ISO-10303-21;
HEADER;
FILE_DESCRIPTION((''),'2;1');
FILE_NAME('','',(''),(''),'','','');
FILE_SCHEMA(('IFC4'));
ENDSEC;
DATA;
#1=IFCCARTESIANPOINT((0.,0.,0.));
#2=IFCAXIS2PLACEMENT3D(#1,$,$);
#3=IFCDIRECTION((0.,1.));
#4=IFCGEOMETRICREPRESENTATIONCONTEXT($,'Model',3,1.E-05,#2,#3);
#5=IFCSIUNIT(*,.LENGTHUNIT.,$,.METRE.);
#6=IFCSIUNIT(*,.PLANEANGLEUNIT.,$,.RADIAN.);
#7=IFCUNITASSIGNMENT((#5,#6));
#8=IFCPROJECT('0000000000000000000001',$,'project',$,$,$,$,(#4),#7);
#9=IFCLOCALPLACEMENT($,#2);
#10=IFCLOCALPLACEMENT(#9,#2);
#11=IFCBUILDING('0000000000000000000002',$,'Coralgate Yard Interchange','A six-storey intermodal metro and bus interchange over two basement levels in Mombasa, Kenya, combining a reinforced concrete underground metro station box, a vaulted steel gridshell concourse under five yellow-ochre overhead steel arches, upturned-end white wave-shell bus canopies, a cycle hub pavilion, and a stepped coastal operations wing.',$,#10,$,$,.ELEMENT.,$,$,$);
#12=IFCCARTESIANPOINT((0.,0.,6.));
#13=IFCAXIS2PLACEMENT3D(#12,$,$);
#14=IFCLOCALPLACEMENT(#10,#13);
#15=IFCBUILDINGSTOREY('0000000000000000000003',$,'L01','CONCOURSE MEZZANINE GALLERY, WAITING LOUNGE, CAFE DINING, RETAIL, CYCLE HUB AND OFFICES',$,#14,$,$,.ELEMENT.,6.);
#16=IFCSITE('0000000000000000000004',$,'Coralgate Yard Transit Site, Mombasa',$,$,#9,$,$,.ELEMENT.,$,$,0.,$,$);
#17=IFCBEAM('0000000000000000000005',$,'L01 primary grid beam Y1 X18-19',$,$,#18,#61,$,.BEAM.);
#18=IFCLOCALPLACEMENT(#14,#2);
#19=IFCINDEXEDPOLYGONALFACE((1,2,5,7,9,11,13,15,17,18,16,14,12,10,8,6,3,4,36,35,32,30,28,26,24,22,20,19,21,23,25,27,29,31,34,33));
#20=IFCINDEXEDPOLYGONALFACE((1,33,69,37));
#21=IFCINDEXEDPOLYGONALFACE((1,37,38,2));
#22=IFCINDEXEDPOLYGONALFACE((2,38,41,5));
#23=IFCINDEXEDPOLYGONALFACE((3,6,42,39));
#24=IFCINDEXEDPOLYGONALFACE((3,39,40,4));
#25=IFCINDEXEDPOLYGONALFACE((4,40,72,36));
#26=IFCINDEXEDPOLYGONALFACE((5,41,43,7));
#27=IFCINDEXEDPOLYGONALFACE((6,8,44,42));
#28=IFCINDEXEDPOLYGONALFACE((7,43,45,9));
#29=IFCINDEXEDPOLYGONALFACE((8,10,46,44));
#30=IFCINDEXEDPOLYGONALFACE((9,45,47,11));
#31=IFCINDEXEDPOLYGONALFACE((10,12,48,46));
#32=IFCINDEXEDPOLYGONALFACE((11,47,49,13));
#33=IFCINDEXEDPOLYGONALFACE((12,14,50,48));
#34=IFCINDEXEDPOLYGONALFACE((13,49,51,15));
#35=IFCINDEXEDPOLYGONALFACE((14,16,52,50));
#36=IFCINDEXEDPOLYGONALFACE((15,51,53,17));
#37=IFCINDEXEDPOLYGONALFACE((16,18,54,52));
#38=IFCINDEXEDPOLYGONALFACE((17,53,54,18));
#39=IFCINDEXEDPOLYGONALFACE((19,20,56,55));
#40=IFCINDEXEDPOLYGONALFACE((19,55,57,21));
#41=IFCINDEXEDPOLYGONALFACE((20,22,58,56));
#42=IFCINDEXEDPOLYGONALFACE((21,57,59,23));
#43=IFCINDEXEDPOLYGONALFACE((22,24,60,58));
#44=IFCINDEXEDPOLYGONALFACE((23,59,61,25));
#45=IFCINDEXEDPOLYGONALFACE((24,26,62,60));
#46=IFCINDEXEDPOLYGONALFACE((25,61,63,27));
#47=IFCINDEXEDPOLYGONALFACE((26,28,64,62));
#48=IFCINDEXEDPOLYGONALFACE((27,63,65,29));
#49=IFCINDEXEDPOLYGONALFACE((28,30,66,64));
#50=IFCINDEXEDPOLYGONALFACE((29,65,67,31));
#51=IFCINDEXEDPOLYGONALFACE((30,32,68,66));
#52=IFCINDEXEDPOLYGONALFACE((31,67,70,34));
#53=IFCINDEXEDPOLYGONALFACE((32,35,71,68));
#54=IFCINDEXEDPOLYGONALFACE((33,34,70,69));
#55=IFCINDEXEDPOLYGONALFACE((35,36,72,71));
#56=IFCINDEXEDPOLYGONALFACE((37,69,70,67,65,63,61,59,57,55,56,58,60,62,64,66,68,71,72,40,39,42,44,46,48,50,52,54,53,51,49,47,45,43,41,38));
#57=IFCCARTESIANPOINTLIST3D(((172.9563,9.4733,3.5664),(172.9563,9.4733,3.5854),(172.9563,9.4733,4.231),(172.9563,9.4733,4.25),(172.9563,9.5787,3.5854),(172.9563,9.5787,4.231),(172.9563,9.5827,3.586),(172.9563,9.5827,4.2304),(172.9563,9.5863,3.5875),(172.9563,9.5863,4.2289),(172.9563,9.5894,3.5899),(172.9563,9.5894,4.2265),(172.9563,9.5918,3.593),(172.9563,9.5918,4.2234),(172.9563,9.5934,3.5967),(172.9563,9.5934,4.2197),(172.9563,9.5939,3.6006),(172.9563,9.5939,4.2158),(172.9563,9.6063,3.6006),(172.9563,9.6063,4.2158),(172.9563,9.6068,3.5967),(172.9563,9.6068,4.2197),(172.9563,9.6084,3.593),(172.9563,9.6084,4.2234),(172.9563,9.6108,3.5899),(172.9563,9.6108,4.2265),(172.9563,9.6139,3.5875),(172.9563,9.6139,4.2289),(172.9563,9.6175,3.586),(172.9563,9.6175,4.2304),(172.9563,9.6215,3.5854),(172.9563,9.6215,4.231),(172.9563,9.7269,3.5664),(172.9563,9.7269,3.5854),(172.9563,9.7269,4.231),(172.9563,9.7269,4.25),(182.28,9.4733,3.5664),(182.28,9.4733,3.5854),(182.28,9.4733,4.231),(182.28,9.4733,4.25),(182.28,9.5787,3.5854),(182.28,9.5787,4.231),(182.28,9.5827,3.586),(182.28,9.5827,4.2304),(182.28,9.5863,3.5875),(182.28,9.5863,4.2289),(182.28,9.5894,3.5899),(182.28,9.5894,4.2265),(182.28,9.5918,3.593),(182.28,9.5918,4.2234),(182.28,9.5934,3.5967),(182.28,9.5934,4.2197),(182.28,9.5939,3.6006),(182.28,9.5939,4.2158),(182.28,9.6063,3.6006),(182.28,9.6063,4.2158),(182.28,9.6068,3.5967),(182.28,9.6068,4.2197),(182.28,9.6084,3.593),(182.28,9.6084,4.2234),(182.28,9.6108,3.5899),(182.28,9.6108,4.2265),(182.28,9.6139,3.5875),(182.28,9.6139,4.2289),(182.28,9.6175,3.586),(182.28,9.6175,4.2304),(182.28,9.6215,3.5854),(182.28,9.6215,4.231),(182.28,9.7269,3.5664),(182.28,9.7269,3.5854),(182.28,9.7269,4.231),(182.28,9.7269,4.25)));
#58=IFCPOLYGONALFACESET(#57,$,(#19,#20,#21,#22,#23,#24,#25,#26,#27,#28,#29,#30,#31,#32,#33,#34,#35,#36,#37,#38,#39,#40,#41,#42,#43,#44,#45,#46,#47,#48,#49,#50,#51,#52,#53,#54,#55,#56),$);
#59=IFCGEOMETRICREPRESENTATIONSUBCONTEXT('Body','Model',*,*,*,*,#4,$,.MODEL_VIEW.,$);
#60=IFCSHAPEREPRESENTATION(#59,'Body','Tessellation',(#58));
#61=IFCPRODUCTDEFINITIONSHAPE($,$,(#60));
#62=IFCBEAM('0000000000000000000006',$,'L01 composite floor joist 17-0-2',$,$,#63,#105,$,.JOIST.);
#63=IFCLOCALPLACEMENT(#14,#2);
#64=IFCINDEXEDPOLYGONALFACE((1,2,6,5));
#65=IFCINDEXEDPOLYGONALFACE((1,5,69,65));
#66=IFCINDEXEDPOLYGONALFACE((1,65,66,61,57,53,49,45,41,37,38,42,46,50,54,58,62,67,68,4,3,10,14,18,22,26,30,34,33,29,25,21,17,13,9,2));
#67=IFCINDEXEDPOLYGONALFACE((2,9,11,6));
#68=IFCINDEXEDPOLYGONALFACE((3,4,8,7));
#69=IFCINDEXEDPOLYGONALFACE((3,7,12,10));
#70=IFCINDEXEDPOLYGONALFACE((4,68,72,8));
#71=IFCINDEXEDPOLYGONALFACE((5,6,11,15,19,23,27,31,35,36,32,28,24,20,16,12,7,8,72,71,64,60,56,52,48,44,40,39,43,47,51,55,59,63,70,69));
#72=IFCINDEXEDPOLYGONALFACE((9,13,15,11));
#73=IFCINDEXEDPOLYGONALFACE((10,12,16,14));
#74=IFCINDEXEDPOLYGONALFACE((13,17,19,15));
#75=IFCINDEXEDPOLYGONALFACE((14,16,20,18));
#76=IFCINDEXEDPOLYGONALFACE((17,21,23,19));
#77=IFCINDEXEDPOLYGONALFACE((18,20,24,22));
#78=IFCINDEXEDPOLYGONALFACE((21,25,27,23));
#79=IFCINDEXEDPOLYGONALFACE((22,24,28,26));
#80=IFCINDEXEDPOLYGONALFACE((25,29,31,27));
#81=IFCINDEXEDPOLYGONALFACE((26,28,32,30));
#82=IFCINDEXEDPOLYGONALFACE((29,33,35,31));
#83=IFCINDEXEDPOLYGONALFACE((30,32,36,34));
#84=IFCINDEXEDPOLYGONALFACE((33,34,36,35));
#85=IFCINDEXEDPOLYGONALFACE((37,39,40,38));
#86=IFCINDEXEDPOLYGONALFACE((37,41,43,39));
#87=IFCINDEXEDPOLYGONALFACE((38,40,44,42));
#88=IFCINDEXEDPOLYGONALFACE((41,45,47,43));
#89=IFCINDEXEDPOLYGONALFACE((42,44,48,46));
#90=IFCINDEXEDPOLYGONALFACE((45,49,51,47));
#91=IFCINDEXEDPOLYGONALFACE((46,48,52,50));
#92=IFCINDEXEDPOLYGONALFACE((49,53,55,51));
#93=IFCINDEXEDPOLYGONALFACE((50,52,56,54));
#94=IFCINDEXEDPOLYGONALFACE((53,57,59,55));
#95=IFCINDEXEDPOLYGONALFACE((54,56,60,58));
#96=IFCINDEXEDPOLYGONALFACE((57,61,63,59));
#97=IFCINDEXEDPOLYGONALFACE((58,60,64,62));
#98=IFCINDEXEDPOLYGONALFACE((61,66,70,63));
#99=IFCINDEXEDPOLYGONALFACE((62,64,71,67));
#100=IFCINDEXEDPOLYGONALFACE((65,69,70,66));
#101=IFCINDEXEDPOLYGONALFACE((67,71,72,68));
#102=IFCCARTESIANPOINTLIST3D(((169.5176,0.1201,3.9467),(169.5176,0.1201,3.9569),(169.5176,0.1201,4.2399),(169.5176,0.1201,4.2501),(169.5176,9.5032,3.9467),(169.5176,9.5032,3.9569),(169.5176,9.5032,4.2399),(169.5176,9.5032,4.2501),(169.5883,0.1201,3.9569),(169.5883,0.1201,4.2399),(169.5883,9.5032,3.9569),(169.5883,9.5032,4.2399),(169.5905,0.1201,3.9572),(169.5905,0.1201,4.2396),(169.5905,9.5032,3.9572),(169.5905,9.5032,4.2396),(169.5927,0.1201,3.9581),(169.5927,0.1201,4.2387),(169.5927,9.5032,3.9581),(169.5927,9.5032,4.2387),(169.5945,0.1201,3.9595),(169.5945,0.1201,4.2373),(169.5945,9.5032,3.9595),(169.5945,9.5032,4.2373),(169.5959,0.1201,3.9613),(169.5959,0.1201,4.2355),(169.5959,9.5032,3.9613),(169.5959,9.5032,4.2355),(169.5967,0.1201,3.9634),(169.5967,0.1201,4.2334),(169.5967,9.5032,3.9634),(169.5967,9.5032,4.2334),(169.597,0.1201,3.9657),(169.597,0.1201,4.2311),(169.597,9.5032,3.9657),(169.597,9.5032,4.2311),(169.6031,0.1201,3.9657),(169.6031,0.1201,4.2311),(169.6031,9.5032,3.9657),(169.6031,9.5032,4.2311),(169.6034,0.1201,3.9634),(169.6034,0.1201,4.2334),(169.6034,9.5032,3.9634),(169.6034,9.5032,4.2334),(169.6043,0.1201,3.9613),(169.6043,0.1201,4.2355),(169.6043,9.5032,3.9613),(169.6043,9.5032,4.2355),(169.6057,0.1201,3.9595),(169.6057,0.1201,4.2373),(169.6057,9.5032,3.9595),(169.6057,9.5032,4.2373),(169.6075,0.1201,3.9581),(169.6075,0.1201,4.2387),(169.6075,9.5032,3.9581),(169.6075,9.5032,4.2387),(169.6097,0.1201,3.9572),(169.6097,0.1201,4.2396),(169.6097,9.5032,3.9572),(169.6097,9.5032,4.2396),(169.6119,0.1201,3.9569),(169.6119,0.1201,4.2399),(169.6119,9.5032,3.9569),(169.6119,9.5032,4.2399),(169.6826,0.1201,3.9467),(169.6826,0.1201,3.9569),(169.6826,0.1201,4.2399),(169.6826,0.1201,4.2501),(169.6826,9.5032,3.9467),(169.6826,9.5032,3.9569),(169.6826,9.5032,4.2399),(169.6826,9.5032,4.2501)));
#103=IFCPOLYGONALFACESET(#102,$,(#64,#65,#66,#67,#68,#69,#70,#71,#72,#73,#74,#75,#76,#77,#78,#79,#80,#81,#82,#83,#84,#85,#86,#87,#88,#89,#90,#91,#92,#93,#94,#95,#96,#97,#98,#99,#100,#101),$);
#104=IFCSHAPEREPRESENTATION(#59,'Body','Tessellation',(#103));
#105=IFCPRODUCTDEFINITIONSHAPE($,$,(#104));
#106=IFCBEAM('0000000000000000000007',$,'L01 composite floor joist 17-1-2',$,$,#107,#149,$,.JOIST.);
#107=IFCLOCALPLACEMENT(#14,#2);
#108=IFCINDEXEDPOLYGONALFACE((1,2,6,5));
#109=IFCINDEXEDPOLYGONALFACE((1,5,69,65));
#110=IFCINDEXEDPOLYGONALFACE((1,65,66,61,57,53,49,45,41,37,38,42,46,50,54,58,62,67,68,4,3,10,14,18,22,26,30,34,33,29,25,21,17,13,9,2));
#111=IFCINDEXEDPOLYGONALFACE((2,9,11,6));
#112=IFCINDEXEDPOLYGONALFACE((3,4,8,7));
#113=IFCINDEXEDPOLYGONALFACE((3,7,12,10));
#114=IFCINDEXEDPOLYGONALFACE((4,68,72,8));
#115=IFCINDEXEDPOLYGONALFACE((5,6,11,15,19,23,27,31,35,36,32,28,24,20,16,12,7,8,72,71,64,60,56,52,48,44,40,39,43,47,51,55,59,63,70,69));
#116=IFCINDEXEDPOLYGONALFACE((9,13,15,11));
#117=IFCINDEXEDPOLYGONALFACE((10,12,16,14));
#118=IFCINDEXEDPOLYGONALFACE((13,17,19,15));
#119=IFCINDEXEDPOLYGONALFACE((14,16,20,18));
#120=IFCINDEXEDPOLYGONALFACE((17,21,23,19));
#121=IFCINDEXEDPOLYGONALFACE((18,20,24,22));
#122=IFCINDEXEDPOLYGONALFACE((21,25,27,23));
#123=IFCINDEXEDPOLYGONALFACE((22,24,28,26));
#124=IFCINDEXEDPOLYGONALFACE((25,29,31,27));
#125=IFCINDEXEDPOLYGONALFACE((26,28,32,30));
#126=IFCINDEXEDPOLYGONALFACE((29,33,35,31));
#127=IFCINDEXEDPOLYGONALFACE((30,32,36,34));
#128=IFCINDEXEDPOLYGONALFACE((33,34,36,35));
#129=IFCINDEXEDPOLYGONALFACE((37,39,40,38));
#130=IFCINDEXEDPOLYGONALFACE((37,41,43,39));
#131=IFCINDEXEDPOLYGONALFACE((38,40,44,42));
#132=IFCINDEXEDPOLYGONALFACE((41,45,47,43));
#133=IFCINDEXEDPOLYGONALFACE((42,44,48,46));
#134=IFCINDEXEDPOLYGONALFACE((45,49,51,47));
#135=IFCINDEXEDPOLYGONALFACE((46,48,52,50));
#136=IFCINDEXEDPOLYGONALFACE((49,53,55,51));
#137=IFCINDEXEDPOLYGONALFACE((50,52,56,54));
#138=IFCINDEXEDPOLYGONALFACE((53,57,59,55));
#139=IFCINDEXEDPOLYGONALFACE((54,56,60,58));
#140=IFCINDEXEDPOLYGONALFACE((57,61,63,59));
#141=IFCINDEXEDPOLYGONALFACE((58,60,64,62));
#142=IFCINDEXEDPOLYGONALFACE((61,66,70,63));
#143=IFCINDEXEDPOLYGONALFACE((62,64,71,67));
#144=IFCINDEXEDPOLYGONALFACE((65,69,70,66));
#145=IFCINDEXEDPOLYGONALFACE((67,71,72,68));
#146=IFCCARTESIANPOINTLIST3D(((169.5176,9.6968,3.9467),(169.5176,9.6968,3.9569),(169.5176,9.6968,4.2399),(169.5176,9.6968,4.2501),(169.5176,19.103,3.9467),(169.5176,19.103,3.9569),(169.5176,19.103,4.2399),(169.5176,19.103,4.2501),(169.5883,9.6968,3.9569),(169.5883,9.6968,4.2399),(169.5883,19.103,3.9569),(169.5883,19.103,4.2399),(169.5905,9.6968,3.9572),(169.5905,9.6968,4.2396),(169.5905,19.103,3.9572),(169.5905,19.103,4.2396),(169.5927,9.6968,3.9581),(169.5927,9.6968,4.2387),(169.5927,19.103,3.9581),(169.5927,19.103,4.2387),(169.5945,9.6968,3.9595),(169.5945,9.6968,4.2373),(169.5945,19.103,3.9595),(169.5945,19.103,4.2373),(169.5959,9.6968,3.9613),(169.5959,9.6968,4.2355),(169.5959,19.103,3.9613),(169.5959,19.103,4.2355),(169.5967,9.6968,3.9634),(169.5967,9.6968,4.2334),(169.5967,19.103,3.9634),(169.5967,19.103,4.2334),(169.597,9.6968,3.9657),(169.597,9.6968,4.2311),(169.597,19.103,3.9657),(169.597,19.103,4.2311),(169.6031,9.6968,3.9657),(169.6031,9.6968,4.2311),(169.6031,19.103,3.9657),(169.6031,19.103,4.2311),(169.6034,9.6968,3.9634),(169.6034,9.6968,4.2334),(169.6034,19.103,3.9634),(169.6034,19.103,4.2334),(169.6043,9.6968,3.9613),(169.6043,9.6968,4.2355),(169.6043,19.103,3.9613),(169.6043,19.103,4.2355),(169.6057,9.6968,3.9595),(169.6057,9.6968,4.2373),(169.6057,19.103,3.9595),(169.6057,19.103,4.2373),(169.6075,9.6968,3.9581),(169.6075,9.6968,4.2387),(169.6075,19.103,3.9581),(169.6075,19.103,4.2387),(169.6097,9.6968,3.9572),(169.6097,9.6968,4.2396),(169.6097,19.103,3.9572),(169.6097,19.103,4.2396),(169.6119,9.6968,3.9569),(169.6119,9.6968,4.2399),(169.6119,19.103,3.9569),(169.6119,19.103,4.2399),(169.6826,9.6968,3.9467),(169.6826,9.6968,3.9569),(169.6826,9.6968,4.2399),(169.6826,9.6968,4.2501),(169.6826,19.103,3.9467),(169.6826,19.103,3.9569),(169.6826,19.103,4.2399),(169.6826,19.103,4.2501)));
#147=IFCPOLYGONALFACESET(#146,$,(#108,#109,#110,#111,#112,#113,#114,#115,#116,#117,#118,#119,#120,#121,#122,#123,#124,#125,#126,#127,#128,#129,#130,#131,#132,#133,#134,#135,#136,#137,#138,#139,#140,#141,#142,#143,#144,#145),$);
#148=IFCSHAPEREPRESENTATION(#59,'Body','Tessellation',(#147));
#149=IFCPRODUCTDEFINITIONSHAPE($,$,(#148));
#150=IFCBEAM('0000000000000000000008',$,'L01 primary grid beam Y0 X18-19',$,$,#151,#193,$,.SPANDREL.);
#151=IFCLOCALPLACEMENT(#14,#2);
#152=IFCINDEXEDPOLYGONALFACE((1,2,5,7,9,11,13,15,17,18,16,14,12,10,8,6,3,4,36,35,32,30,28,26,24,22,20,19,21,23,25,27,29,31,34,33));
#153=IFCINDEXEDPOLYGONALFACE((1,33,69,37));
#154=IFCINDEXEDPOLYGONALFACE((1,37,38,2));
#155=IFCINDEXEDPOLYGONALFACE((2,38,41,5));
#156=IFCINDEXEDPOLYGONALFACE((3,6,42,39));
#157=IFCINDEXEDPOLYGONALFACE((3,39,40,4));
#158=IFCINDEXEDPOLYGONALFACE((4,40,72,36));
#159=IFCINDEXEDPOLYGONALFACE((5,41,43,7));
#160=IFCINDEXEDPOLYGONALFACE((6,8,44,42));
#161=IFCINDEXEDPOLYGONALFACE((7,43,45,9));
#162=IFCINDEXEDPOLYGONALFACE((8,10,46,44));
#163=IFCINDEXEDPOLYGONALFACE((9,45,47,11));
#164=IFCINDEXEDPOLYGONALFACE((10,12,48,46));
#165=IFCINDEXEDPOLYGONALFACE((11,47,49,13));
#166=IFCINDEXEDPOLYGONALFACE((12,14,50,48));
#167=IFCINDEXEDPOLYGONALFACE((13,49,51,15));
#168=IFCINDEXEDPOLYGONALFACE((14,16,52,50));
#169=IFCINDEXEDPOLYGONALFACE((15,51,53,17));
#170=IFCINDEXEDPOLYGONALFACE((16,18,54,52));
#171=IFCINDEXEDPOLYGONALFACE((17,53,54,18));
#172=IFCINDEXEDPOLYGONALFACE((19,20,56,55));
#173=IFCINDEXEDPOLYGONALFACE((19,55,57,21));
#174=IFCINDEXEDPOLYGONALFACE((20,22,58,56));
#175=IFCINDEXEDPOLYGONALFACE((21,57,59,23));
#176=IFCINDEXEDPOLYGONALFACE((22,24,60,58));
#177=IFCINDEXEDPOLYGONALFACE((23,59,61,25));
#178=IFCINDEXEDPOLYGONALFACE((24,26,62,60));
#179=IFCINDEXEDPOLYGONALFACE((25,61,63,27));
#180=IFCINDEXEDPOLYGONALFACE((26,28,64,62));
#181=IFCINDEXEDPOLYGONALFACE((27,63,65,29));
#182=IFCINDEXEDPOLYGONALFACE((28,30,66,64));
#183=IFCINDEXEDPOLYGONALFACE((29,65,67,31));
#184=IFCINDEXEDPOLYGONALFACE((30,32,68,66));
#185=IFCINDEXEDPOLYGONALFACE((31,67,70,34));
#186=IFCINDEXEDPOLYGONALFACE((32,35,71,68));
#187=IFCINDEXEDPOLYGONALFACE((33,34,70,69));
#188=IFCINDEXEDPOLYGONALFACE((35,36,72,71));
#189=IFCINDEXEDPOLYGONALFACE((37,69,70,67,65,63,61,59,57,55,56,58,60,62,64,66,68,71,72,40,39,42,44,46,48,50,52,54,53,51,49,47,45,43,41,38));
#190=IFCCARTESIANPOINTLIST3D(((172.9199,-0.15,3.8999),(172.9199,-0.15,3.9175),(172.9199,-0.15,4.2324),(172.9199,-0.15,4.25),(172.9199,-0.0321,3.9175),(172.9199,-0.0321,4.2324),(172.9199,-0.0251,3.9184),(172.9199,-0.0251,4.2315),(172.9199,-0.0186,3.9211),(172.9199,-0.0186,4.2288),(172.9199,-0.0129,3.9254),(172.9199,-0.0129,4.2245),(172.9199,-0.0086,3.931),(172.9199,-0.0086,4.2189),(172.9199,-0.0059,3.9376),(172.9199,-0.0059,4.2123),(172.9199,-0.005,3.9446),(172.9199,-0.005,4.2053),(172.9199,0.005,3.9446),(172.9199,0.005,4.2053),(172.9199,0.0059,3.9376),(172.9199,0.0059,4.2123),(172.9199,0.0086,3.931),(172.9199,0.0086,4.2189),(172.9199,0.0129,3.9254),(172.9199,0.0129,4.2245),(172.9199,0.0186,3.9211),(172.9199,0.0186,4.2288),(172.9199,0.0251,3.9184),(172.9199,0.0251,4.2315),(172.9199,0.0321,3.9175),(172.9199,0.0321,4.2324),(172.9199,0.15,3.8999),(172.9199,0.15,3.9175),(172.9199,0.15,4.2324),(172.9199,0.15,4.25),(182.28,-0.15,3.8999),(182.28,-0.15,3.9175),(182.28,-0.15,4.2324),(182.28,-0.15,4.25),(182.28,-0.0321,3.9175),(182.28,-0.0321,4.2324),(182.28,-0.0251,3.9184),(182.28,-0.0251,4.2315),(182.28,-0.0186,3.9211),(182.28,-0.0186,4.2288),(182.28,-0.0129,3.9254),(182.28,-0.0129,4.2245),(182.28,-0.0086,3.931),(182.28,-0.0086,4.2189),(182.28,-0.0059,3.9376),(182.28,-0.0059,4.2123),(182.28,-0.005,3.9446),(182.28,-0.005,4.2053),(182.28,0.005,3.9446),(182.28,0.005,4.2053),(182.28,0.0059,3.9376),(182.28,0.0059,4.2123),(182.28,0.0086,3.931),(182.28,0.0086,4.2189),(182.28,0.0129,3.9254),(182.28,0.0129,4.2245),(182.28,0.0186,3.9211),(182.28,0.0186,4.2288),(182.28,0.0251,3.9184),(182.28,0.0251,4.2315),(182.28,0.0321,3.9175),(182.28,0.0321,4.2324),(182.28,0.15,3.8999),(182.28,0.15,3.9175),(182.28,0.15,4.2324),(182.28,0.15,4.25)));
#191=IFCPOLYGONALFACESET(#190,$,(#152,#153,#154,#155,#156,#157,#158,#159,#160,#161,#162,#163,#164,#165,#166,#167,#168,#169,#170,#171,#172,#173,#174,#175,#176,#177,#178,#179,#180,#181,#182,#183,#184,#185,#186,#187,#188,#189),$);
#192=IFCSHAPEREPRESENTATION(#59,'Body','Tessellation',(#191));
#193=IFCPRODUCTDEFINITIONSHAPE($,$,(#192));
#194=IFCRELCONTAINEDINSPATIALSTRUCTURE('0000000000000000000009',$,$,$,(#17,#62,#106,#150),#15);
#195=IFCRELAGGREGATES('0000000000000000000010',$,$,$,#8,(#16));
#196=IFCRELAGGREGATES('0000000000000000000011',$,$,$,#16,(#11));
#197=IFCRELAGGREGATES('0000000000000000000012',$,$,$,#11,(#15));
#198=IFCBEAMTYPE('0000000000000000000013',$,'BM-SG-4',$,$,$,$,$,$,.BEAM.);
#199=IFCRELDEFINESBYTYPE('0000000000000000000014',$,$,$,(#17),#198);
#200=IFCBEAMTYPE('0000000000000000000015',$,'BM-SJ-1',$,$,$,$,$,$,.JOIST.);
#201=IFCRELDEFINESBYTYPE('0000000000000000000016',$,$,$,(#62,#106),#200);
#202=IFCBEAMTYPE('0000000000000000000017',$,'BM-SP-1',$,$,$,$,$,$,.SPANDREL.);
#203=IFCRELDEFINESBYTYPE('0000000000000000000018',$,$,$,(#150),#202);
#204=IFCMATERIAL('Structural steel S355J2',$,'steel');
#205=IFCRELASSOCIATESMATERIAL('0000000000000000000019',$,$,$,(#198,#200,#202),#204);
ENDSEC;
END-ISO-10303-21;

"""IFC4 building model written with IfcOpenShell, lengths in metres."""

from ifc_helpers import new_model, si_unit, direction, frame, origin, origin_2d, place, context, subcontext, project, spatial, i_section, extrude, material, material_profile, profile_set, type_object, element, save


model = new_model("IFC4")

# Units and contexts
model_context = context("Model", 3, precision=1e-05, world=origin(), true_north=direction((0.0, 1.0)))
body_context = subcontext(model_context, "Body", "Model", "MODEL_VIEW")
ifc_project = project(units=[si_unit("LENGTHUNIT", "METRE"), si_unit("PLANEANGLEUNIT", "RADIAN")], contexts=[model_context])

# Site, building, storey
site_placement = place(None, origin())
site = spatial("IfcSite", under=ifc_project, at=site_placement, Name="Coralgate Yard Transit Site, Mombasa", CompositionType="ELEMENT", RefElevation=0.0)
building_placement = place(site_placement, origin())
building = spatial("IfcBuilding", under=site, at=building_placement, Name="Coralgate Yard Interchange", Description="A six-storey intermodal metro and bus interchange over two basement levels in Mombasa, Kenya, combining a reinforced concrete underground metro station box, a vaulted steel gridshell concourse under five yellow-ochre overhead steel arches, upturned-end white wave-shell bus canopies, a cycle hub pavilion, and a stepped coastal operations wing.", CompositionType="ELEMENT")
storey_placement = place(building_placement, frame((0.0, 0.0, 6.0)))
storey = spatial("IfcBuildingStorey", under=building, at=storey_placement, Name="L01", Description="CONCOURSE MEZZANINE GALLERY, WAITING LOUNGE, CAFE DINING, RETAIL, CYCLE HUB AND OFFICES", CompositionType="ELEMENT", Elevation=6.0)

# Shared definitions
ifc_material_1 = material(Name="Structural steel S355J2", Category="steel")

# Beams
ifc_material_profile_1 = material_profile(ifc_material_1, i_section(OverallWidth=0.2537, OverallDepth=0.6836, WebThickness=0.0125, FlangeThickness=0.019, FilletRadius=0.0151, at=origin_2d()), Name="UB 686x254x140")
ifc_profile_set_1 = profile_set([ifc_material_profile_1], Name="Structural steel S355J2")
beam_type_1 = type_object("IfcBeamType", Name="BM-SG-4", PredefinedType="BEAM", material=ifc_profile_set_1)
beam_1_placement = place(storey_placement, frame((172.9563, 9.6001, 3.9082), z_axis=(1.0, 0.0, 0.0), x_axis=(0.0, 1.0, 0.0)))
element("IfcBeam", 1, at=beam_1_placement, inside=storey, type_object=beam_type_1, Name="L01 primary grid beam Y1 X18-19", PredefinedType="BEAM", context=body_context, shape_type="SweptSolid", body=[
    extrude(i_section(OverallWidth=0.2537, OverallDepth=0.6836, WebThickness=0.0125, FlangeThickness=0.019, FilletRadius=0.0151, at=origin_2d()), origin(), (0.0, 0.0, 1.0), 9.3237),
])
ifc_material_profile_2 = material_profile(ifc_material_1, i_section(OverallWidth=0.165, OverallDepth=0.3035, WebThickness=0.0061, FlangeThickness=0.0103, FilletRadius=0.0088, at=origin_2d()), Name="UB 305x165x40")
ifc_profile_set_2 = profile_set([ifc_material_profile_2], Name="Structural steel S355J2")
beam_type_2 = type_object("IfcBeamType", Name="BM-SJ-1", PredefinedType="JOIST", material=ifc_profile_set_2)
beam_2_placement = place(storey_placement, frame((169.6001, 0.1201, 4.0984), z_axis=(0.0, 1.0, 0.0), x_axis=(-1.0, 0.0, 0.0)))
element("IfcBeam", 2, at=beam_2_placement, inside=storey, type_object=beam_type_2, Name="L01 composite floor joist 17-0-2", PredefinedType="JOIST", context=body_context, shape_type="SweptSolid", body=[
    extrude(i_section(OverallWidth=0.165, OverallDepth=0.3035, WebThickness=0.0061, FlangeThickness=0.0103, FilletRadius=0.0088, at=origin_2d()), origin(), (0.0, 0.0, 1.0), 9.3831),
])
beam_3_placement = place(storey_placement, frame((169.6001, 9.6968, 4.0984), z_axis=(0.0, 1.0, 0.0), x_axis=(-1.0, 0.0, 0.0)))
element("IfcBeam", 3, at=beam_3_placement, inside=storey, type_object=beam_type_2, Name="L01 composite floor joist 17-1-2", PredefinedType="JOIST", context=body_context, shape_type="SweptSolid", body=[
    extrude(i_section(OverallWidth=0.165, OverallDepth=0.3035, WebThickness=0.0061, FlangeThickness=0.0103, FilletRadius=0.0088, at=origin_2d()), origin(), (0.0, 0.0, 1.0), 9.4062),
])
ifc_material_profile_3 = material_profile(ifc_material_1, i_section(OverallWidth=0.3, OverallDepth=0.3501, WebThickness=0.01, FlangeThickness=0.0176, FilletRadius=0.0271, at=origin_2d()), Name="HEA 360")
ifc_profile_set_3 = profile_set([ifc_material_profile_3], Name="Structural steel S355J2")
beam_type_3 = type_object("IfcBeamType", Name="BM-SP-1", PredefinedType="SPANDREL", material=ifc_profile_set_3)
beam_4_placement = place(storey_placement, frame((172.9199, 0.0, 4.075), z_axis=(1.0, 0.0, 0.0), x_axis=(0.0, 1.0, 0.0)))
element("IfcBeam", 4, at=beam_4_placement, inside=storey, type_object=beam_type_3, Name="L01 primary grid beam Y0 X18-19", PredefinedType="SPANDREL", context=body_context, shape_type="SweptSolid", body=[
    extrude(i_section(OverallWidth=0.3, OverallDepth=0.3501, WebThickness=0.01, FlangeThickness=0.0176, FilletRadius=0.0271, at=origin_2d()), origin(), (0.0, 0.0, 1.0), 9.3601),
])

save(model, "model.ifc")
